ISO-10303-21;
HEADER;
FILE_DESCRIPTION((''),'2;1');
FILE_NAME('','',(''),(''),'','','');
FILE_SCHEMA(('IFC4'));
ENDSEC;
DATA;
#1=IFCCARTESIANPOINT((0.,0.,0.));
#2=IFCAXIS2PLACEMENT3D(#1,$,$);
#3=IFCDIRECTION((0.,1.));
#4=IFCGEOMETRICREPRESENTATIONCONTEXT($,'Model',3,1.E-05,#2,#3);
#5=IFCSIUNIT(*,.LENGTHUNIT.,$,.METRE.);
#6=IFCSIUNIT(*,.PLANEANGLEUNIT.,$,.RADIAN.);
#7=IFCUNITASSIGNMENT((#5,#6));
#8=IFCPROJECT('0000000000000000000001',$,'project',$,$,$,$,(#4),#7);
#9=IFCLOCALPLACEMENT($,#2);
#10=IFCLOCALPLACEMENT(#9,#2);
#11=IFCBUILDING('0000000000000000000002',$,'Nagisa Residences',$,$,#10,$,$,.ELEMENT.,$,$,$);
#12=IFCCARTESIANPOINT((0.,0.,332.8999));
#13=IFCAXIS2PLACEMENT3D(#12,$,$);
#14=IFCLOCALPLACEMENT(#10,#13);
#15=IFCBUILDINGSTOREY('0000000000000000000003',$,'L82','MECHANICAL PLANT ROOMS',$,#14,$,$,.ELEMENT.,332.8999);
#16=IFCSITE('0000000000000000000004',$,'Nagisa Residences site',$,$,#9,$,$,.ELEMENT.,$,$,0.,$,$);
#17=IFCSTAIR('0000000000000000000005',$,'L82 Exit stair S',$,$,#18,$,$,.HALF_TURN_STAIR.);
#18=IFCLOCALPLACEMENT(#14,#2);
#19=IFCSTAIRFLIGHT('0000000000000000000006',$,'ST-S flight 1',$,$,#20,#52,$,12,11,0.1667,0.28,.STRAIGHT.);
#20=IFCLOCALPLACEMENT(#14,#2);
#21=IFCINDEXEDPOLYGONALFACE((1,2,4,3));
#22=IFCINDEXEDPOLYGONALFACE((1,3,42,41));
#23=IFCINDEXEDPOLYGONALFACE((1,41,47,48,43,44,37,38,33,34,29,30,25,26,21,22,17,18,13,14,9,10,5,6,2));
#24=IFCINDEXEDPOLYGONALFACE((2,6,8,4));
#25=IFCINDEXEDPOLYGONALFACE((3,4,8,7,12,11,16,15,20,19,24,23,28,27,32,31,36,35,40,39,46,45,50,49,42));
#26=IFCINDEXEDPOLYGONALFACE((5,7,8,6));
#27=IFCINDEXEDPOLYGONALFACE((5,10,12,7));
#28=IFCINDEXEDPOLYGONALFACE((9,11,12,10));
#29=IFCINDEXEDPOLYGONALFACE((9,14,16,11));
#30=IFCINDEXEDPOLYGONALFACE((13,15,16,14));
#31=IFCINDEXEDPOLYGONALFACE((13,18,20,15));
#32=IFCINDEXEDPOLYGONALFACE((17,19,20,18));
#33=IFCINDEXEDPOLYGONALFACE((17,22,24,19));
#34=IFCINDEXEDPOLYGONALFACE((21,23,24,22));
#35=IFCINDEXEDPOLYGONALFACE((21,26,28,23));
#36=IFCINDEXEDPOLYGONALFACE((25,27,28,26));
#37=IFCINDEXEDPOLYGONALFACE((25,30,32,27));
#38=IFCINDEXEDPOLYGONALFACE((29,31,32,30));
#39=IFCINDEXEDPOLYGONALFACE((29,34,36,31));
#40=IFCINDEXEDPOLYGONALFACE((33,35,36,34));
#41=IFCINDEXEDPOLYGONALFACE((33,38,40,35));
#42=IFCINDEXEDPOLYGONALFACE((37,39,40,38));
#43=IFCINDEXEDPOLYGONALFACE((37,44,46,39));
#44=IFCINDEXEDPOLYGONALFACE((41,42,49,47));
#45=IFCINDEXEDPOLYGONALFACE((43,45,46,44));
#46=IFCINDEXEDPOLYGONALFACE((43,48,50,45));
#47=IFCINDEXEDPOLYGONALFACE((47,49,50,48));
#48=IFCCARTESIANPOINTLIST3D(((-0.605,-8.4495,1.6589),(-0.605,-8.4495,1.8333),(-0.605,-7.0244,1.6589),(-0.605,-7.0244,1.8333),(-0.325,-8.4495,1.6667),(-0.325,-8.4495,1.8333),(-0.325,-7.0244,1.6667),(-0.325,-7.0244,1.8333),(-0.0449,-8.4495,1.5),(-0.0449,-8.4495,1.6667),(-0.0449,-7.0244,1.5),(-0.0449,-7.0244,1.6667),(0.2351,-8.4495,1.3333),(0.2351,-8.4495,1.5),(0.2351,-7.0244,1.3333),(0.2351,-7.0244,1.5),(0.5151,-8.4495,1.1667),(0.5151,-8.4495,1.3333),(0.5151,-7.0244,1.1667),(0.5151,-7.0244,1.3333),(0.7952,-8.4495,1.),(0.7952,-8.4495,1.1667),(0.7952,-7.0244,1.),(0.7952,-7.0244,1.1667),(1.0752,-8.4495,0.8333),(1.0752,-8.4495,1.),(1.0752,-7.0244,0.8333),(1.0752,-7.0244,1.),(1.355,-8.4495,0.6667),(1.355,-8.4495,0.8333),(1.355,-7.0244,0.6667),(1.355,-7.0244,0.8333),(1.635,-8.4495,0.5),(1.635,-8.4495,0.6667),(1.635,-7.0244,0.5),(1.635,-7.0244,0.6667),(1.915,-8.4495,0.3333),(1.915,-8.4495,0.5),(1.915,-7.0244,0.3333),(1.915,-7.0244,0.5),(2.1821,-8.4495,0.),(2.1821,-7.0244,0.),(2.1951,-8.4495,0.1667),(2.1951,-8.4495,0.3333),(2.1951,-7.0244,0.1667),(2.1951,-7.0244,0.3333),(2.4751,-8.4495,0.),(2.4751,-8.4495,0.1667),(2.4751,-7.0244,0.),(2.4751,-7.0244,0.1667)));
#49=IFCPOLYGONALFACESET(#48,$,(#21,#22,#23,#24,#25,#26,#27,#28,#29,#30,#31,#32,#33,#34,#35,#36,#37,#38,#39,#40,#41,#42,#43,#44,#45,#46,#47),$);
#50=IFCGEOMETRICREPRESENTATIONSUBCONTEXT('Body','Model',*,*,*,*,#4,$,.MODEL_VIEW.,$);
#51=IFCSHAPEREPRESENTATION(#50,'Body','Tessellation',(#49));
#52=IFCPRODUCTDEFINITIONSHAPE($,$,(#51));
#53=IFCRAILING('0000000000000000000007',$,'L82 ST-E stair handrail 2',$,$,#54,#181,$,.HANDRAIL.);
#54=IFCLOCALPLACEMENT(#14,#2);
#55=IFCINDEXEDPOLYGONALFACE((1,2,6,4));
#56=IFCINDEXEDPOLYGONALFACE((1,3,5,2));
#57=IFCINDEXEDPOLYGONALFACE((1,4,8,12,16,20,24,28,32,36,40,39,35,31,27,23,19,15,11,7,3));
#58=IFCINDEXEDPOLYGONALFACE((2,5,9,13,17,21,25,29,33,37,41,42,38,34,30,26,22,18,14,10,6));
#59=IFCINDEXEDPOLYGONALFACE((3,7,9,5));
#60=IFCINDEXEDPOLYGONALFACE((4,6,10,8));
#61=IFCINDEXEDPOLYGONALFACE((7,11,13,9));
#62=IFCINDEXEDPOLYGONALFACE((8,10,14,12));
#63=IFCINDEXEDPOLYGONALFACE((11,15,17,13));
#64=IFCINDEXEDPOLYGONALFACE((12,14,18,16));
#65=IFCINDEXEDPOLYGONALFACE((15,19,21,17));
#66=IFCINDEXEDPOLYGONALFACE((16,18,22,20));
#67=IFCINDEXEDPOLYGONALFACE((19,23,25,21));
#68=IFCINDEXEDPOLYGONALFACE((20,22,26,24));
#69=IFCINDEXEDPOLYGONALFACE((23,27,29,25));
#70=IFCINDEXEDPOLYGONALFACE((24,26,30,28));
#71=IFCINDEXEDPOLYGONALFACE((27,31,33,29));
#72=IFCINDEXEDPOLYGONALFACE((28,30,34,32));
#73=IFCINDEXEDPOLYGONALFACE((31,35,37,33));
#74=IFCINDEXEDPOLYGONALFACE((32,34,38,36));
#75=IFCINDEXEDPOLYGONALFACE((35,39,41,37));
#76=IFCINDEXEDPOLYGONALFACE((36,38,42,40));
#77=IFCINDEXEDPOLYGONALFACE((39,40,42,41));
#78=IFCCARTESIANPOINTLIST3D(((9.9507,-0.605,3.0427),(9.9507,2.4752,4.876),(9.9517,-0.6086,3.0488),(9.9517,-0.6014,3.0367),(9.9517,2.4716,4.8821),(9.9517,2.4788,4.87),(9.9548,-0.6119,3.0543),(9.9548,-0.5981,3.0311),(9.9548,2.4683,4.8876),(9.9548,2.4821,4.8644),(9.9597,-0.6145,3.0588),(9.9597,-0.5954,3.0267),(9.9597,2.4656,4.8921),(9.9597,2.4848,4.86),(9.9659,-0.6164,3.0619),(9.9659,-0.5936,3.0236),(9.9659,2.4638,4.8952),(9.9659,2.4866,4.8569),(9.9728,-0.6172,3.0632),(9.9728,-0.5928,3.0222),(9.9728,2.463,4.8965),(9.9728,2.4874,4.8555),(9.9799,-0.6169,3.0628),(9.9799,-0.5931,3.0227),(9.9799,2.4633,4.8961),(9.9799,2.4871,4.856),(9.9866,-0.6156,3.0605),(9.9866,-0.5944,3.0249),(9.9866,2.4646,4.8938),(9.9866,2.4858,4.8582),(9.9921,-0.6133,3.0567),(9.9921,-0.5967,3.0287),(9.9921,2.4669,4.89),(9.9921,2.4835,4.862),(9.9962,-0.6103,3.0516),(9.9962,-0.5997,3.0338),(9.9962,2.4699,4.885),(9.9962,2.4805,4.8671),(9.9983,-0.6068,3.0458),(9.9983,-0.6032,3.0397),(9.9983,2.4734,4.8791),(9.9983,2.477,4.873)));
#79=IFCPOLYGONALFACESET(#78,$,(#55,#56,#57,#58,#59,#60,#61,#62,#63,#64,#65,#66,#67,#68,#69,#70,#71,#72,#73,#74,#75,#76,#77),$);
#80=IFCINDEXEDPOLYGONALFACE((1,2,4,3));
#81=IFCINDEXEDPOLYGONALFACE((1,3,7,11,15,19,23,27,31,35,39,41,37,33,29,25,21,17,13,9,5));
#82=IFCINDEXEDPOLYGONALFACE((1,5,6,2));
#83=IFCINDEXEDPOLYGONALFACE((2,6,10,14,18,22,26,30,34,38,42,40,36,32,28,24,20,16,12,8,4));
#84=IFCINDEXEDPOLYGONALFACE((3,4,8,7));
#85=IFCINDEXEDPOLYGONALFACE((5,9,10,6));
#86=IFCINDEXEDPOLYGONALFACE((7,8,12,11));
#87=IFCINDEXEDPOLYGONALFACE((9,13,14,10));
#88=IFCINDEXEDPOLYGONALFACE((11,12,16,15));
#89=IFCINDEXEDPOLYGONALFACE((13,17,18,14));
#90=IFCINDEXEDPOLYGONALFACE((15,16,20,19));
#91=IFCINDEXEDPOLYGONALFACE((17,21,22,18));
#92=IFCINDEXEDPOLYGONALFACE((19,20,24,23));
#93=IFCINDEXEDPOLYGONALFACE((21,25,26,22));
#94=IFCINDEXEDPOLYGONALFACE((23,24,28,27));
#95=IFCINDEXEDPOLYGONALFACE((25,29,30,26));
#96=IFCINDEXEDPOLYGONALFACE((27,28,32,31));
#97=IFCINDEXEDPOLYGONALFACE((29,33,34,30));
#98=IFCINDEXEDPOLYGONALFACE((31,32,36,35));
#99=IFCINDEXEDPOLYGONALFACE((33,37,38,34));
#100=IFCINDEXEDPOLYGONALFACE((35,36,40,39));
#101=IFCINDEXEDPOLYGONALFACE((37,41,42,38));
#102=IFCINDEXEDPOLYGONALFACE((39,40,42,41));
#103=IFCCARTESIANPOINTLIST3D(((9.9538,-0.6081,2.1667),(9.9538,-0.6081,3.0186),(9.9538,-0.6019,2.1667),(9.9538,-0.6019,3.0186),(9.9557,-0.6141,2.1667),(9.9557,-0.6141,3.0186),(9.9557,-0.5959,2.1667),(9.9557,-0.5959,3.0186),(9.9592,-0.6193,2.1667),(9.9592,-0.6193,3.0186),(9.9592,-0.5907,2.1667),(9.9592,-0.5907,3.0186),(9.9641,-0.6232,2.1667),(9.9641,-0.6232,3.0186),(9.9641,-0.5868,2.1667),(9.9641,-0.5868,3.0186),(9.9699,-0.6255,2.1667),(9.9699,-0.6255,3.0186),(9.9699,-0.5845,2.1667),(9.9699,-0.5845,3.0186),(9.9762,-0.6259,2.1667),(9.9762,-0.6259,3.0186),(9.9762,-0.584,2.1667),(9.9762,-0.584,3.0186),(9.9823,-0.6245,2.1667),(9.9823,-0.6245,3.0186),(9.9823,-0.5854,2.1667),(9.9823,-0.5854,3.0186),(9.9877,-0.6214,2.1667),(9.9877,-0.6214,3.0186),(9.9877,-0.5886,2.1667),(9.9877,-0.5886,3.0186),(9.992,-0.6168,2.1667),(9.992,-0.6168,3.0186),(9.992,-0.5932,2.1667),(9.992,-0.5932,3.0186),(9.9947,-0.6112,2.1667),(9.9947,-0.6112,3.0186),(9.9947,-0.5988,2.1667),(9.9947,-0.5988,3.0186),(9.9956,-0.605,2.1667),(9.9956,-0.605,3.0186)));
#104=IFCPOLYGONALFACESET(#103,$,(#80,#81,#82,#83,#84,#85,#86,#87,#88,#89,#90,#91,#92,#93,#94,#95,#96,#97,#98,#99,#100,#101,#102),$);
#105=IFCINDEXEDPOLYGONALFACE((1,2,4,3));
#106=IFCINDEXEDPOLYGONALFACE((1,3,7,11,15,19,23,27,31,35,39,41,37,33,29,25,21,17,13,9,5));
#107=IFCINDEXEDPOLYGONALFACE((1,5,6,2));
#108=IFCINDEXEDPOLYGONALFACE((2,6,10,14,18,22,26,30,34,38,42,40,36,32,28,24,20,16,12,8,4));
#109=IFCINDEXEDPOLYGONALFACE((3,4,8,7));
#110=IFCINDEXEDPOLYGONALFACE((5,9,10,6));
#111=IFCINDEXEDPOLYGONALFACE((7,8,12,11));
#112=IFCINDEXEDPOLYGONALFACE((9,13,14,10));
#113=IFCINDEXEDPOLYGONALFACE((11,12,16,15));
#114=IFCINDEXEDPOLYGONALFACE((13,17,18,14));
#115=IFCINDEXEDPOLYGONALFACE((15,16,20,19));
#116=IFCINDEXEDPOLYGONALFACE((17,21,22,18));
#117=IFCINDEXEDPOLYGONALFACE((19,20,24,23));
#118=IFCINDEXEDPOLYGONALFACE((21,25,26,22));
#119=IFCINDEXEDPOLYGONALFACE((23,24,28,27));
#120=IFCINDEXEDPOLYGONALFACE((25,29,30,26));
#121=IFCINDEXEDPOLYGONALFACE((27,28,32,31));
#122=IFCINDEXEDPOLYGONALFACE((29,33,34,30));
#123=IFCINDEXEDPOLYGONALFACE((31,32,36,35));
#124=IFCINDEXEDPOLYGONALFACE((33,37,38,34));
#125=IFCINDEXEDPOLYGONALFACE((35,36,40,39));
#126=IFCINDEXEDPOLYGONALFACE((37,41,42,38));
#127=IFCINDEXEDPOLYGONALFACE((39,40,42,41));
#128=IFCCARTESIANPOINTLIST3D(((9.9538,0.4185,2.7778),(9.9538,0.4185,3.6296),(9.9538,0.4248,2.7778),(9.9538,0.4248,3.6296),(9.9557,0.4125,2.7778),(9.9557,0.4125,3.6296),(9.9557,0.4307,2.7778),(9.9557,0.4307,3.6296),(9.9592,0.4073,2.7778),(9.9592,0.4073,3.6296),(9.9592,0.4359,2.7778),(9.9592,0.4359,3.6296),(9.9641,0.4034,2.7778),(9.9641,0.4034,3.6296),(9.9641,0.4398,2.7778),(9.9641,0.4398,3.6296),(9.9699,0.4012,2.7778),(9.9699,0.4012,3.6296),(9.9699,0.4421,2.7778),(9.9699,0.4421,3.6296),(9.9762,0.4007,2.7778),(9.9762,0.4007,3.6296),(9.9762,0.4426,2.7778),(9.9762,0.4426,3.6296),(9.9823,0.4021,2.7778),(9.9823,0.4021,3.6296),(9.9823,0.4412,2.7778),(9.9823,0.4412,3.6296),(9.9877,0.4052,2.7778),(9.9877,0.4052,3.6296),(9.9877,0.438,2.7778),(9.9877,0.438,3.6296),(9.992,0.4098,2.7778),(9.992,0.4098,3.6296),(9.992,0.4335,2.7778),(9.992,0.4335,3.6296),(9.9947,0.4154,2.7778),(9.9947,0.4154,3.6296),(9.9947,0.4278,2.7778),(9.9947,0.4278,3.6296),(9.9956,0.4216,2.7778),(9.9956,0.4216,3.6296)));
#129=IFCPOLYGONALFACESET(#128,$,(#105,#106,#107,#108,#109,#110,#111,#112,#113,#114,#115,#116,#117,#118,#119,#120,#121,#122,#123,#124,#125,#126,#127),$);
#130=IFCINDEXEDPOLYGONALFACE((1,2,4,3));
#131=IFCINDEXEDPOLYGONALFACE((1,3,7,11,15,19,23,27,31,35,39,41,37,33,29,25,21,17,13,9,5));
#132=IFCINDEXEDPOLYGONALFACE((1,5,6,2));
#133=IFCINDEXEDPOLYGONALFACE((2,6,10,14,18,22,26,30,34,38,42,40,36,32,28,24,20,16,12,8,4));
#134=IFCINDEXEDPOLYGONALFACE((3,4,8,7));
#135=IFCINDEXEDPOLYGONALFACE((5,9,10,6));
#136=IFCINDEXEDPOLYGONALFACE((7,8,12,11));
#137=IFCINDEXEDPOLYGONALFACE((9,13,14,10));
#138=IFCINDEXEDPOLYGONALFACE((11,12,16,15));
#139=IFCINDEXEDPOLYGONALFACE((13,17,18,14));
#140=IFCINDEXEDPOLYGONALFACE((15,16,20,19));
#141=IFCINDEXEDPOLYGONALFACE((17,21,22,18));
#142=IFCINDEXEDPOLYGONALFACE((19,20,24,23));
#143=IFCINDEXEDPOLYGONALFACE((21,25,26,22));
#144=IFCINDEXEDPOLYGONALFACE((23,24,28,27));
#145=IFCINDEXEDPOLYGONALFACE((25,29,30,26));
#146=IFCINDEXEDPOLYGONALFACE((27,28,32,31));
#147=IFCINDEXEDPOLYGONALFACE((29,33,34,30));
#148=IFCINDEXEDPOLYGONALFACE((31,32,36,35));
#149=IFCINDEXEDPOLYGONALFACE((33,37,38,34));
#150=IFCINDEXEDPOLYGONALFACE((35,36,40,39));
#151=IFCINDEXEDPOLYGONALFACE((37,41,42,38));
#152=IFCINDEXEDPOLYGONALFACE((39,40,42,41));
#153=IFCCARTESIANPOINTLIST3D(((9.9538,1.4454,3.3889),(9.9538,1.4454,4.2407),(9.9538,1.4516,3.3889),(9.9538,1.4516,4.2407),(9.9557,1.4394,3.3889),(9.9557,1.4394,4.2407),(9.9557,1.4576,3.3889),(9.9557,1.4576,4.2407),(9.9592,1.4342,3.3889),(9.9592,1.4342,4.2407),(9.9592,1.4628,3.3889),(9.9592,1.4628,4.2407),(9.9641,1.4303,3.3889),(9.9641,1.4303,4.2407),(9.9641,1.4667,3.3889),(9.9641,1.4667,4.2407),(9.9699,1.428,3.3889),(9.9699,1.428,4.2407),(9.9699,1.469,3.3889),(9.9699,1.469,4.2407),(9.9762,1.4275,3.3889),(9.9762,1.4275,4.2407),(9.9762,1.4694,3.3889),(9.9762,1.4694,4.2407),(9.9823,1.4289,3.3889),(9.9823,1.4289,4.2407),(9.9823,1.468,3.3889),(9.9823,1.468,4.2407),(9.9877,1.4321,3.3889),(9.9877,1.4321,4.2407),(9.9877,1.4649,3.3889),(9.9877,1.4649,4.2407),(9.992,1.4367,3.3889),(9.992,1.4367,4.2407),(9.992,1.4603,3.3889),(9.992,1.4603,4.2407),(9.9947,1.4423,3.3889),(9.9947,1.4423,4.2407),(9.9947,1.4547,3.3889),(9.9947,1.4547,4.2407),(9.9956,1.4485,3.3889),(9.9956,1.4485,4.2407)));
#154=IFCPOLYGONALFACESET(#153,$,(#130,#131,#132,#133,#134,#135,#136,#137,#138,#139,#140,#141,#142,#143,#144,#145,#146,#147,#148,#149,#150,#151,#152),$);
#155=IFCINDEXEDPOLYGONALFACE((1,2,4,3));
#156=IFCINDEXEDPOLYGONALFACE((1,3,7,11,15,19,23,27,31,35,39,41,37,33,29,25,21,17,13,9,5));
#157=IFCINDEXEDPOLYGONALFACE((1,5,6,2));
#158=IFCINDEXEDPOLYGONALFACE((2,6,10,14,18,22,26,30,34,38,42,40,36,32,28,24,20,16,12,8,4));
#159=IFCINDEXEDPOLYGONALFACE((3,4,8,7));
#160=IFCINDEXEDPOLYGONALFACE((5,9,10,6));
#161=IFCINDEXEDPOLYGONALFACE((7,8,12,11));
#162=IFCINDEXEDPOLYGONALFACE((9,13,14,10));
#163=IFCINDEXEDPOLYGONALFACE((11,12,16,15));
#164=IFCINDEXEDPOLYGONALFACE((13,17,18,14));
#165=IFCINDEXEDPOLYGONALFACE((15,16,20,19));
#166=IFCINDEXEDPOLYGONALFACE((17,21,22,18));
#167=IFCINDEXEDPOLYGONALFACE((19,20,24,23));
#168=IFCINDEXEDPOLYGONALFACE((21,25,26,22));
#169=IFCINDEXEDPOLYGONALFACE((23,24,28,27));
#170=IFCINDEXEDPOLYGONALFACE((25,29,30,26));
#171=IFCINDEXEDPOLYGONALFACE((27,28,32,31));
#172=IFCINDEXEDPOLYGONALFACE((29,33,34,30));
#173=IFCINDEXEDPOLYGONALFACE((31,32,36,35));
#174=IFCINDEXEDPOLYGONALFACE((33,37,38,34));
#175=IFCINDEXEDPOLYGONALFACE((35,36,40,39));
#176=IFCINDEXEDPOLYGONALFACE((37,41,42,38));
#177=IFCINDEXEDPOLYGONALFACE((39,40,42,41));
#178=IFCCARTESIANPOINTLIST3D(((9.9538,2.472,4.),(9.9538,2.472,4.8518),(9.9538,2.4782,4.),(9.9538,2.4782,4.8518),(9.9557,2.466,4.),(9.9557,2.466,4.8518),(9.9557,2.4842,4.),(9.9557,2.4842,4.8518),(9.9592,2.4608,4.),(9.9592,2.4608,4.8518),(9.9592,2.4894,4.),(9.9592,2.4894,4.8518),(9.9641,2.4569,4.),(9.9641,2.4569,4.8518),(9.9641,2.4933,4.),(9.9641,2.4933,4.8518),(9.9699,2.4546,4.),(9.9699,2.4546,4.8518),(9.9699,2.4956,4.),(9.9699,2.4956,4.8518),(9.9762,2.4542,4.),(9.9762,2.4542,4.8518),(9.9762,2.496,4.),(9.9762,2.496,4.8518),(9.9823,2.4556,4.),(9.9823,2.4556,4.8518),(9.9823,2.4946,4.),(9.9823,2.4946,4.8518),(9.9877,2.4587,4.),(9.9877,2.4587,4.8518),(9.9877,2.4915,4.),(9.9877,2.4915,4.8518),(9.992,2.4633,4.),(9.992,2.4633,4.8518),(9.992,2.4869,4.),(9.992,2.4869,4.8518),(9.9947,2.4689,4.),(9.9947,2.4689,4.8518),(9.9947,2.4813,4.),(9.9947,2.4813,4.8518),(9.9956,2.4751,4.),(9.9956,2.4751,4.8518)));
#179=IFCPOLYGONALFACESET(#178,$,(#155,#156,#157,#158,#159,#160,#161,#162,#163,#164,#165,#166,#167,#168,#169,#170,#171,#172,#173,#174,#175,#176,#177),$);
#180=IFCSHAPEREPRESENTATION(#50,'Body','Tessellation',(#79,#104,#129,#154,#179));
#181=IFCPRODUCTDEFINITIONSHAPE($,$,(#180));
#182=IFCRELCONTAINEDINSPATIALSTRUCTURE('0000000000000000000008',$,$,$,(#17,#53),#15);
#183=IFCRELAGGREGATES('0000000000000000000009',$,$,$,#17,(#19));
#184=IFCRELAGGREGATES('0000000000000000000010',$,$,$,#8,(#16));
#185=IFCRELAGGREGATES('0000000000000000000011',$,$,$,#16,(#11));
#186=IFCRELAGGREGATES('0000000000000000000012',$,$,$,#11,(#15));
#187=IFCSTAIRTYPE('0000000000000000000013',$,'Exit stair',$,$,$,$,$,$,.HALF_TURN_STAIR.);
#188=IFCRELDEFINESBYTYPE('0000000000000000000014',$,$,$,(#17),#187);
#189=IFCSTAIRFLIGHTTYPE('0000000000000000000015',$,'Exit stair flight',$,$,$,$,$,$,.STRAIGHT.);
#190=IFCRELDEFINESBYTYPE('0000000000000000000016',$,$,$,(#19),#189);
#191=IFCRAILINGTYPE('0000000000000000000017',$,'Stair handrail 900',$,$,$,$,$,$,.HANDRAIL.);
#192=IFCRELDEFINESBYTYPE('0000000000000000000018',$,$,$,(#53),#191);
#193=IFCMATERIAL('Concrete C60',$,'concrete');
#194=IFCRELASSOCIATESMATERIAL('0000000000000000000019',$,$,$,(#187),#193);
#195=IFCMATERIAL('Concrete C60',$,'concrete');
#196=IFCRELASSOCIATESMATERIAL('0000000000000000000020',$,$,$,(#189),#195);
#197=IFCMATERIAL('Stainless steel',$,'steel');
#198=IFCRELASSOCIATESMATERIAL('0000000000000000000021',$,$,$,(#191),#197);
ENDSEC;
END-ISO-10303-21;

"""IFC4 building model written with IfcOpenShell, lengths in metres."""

from ifc_helpers import new_model, si_unit, direction, frame, origin, origin_2d, place, context, subcontext, project, spatial, polyline, circle, outline, extrude, material, type_object, element, aggregate, save


model = new_model("IFC4")

# Units and contexts
model_context = context("Model", 3, precision=1e-05, world=origin(), true_north=direction((0.0, 1.0)))
body_context = subcontext(model_context, "Body", "Model", "MODEL_VIEW")
ifc_project = project(units=[si_unit("LENGTHUNIT", "METRE"), si_unit("PLANEANGLEUNIT", "RADIAN")], contexts=[model_context])

# Site, building, storey
site_placement = place(None, origin())
site = spatial("IfcSite", under=ifc_project, at=site_placement, Name="Nagisa Residences site", CompositionType="ELEMENT", RefElevation=0.0)
building_placement = place(site_placement, origin())
building = spatial("IfcBuilding", under=site, at=building_placement, Name="Nagisa Residences", CompositionType="ELEMENT")
storey_placement = place(building_placement, frame((0.0, 0.0, 332.8999)))
storey = spatial("IfcBuildingStorey", under=building, at=storey_placement, Name="L82", Description="MECHANICAL PLANT ROOMS", CompositionType="ELEMENT", Elevation=332.8999)

# Stair, stair flight
ifc_material_1 = material(Name="Concrete C60", Category="concrete")
stair_type = type_object("IfcStairType", Name="Exit stair", PredefinedType="HALF_TURN_STAIR", material=ifc_material_1)
ifc_material_2 = material(Name="Concrete C60", Category="concrete")
stair_flight_type = type_object("IfcStairFlightType", Name="Exit stair flight", PredefinedType="STRAIGHT", material=ifc_material_2)
stair_1_placement = place(storey_placement, origin())
stair_1 = element("IfcStair", 1, at=stair_1_placement, inside=storey, type_object=stair_type, Name="L82 Exit stair S", PredefinedType="HALF_TURN_STAIR")
stair_flight_1_placement = place(storey_placement, frame((2.4751, -7.7371, 0.0), z_axis=(0.0, 0.0, 1.0), x_axis=(-1.0, 0.0, 0.0)))
stair_flight_1 = element("IfcStairFlight", 2, at=stair_flight_1_placement, type_object=stair_flight_type, Name="ST-S flight 1", NumberOfRisers=12, NumberOfTreads=11, PredefinedType="STRAIGHT", RiserHeight=0.1667, TreadLength=0.28, context=body_context, shape_type="SweptSolid", body=[
    extrude(outline(polyline([(0.0, 0.0), (0.0, 0.1667), (0.28, 0.1667), (0.28, 0.3333), (0.5601, 0.3333), (0.5601, 0.5), (0.8401, 0.5), (0.8401, 0.6667), (1.1201, 0.6667), (1.1201, 0.8333), (1.3999, 0.8333), (1.3999, 1.0), (1.6799, 1.0), (1.6799, 1.1667), (1.96, 1.1667), (1.96, 1.3333), (2.24, 1.3333), (2.24, 1.5), (2.52, 1.5), (2.52, 1.6667), (2.8, 1.6667), (2.8, 1.8333), (3.0801, 1.8333), (3.0801, 2.0), (3.0801, 1.6589), (0.293, 0.0), (0.0, 0.0)])), frame((0.0, 0.7124, 0.0), z_axis=(0.0, -1.0, 0.0), x_axis=(1.0, 0.0, 0.0)), (0.0, 0.0, 1.0), 1.425),
])
aggregate(stair_1, [stair_flight_1])

# Railing
ifc_material_3 = material(Name="Stainless steel", Category="steel")
railing_type_1 = type_object("IfcRailingType", Name="Stair handrail 900", PredefinedType="HANDRAIL", material=ifc_material_3)
railing_1_placement = place(storey_placement, frame((9.9746, -0.605, 2.1667)))
element("IfcRailing", 3, at=railing_1_placement, inside=storey, type_object=railing_type_1, Name="L82 ST-E stair handrail 2", PredefinedType="HANDRAIL", context=body_context, shape_type="SweptSolid", body=[
    extrude(circle(Radius=0.0239, at=origin_2d()), frame((0.0, 0.0, 0.876), z_axis=(0.0, 0.859309, 0.511458), x_axis=(-1.0, 0.0, 0.0)), (0.0, 0.0, 1.0), 3.5845),
    extrude(circle(Radius=0.021, at=origin_2d()), origin(), (0.0, 0.0, 1.0), 0.8518),
    extrude(circle(Radius=0.021, at=origin_2d()), frame((0.0, 1.0266, 0.6111)), (0.0, 0.0, 1.0), 0.8518),
    extrude(circle(Radius=0.021, at=origin_2d()), frame((0.0, 2.0535, 1.2222)), (0.0, 0.0, 1.0), 0.8518),
    extrude(circle(Radius=0.021, at=origin_2d()), frame((0.0, 3.0801, 1.8333)), (0.0, 0.0, 1.0), 0.8518),
])

save(model, "model.ifc")
